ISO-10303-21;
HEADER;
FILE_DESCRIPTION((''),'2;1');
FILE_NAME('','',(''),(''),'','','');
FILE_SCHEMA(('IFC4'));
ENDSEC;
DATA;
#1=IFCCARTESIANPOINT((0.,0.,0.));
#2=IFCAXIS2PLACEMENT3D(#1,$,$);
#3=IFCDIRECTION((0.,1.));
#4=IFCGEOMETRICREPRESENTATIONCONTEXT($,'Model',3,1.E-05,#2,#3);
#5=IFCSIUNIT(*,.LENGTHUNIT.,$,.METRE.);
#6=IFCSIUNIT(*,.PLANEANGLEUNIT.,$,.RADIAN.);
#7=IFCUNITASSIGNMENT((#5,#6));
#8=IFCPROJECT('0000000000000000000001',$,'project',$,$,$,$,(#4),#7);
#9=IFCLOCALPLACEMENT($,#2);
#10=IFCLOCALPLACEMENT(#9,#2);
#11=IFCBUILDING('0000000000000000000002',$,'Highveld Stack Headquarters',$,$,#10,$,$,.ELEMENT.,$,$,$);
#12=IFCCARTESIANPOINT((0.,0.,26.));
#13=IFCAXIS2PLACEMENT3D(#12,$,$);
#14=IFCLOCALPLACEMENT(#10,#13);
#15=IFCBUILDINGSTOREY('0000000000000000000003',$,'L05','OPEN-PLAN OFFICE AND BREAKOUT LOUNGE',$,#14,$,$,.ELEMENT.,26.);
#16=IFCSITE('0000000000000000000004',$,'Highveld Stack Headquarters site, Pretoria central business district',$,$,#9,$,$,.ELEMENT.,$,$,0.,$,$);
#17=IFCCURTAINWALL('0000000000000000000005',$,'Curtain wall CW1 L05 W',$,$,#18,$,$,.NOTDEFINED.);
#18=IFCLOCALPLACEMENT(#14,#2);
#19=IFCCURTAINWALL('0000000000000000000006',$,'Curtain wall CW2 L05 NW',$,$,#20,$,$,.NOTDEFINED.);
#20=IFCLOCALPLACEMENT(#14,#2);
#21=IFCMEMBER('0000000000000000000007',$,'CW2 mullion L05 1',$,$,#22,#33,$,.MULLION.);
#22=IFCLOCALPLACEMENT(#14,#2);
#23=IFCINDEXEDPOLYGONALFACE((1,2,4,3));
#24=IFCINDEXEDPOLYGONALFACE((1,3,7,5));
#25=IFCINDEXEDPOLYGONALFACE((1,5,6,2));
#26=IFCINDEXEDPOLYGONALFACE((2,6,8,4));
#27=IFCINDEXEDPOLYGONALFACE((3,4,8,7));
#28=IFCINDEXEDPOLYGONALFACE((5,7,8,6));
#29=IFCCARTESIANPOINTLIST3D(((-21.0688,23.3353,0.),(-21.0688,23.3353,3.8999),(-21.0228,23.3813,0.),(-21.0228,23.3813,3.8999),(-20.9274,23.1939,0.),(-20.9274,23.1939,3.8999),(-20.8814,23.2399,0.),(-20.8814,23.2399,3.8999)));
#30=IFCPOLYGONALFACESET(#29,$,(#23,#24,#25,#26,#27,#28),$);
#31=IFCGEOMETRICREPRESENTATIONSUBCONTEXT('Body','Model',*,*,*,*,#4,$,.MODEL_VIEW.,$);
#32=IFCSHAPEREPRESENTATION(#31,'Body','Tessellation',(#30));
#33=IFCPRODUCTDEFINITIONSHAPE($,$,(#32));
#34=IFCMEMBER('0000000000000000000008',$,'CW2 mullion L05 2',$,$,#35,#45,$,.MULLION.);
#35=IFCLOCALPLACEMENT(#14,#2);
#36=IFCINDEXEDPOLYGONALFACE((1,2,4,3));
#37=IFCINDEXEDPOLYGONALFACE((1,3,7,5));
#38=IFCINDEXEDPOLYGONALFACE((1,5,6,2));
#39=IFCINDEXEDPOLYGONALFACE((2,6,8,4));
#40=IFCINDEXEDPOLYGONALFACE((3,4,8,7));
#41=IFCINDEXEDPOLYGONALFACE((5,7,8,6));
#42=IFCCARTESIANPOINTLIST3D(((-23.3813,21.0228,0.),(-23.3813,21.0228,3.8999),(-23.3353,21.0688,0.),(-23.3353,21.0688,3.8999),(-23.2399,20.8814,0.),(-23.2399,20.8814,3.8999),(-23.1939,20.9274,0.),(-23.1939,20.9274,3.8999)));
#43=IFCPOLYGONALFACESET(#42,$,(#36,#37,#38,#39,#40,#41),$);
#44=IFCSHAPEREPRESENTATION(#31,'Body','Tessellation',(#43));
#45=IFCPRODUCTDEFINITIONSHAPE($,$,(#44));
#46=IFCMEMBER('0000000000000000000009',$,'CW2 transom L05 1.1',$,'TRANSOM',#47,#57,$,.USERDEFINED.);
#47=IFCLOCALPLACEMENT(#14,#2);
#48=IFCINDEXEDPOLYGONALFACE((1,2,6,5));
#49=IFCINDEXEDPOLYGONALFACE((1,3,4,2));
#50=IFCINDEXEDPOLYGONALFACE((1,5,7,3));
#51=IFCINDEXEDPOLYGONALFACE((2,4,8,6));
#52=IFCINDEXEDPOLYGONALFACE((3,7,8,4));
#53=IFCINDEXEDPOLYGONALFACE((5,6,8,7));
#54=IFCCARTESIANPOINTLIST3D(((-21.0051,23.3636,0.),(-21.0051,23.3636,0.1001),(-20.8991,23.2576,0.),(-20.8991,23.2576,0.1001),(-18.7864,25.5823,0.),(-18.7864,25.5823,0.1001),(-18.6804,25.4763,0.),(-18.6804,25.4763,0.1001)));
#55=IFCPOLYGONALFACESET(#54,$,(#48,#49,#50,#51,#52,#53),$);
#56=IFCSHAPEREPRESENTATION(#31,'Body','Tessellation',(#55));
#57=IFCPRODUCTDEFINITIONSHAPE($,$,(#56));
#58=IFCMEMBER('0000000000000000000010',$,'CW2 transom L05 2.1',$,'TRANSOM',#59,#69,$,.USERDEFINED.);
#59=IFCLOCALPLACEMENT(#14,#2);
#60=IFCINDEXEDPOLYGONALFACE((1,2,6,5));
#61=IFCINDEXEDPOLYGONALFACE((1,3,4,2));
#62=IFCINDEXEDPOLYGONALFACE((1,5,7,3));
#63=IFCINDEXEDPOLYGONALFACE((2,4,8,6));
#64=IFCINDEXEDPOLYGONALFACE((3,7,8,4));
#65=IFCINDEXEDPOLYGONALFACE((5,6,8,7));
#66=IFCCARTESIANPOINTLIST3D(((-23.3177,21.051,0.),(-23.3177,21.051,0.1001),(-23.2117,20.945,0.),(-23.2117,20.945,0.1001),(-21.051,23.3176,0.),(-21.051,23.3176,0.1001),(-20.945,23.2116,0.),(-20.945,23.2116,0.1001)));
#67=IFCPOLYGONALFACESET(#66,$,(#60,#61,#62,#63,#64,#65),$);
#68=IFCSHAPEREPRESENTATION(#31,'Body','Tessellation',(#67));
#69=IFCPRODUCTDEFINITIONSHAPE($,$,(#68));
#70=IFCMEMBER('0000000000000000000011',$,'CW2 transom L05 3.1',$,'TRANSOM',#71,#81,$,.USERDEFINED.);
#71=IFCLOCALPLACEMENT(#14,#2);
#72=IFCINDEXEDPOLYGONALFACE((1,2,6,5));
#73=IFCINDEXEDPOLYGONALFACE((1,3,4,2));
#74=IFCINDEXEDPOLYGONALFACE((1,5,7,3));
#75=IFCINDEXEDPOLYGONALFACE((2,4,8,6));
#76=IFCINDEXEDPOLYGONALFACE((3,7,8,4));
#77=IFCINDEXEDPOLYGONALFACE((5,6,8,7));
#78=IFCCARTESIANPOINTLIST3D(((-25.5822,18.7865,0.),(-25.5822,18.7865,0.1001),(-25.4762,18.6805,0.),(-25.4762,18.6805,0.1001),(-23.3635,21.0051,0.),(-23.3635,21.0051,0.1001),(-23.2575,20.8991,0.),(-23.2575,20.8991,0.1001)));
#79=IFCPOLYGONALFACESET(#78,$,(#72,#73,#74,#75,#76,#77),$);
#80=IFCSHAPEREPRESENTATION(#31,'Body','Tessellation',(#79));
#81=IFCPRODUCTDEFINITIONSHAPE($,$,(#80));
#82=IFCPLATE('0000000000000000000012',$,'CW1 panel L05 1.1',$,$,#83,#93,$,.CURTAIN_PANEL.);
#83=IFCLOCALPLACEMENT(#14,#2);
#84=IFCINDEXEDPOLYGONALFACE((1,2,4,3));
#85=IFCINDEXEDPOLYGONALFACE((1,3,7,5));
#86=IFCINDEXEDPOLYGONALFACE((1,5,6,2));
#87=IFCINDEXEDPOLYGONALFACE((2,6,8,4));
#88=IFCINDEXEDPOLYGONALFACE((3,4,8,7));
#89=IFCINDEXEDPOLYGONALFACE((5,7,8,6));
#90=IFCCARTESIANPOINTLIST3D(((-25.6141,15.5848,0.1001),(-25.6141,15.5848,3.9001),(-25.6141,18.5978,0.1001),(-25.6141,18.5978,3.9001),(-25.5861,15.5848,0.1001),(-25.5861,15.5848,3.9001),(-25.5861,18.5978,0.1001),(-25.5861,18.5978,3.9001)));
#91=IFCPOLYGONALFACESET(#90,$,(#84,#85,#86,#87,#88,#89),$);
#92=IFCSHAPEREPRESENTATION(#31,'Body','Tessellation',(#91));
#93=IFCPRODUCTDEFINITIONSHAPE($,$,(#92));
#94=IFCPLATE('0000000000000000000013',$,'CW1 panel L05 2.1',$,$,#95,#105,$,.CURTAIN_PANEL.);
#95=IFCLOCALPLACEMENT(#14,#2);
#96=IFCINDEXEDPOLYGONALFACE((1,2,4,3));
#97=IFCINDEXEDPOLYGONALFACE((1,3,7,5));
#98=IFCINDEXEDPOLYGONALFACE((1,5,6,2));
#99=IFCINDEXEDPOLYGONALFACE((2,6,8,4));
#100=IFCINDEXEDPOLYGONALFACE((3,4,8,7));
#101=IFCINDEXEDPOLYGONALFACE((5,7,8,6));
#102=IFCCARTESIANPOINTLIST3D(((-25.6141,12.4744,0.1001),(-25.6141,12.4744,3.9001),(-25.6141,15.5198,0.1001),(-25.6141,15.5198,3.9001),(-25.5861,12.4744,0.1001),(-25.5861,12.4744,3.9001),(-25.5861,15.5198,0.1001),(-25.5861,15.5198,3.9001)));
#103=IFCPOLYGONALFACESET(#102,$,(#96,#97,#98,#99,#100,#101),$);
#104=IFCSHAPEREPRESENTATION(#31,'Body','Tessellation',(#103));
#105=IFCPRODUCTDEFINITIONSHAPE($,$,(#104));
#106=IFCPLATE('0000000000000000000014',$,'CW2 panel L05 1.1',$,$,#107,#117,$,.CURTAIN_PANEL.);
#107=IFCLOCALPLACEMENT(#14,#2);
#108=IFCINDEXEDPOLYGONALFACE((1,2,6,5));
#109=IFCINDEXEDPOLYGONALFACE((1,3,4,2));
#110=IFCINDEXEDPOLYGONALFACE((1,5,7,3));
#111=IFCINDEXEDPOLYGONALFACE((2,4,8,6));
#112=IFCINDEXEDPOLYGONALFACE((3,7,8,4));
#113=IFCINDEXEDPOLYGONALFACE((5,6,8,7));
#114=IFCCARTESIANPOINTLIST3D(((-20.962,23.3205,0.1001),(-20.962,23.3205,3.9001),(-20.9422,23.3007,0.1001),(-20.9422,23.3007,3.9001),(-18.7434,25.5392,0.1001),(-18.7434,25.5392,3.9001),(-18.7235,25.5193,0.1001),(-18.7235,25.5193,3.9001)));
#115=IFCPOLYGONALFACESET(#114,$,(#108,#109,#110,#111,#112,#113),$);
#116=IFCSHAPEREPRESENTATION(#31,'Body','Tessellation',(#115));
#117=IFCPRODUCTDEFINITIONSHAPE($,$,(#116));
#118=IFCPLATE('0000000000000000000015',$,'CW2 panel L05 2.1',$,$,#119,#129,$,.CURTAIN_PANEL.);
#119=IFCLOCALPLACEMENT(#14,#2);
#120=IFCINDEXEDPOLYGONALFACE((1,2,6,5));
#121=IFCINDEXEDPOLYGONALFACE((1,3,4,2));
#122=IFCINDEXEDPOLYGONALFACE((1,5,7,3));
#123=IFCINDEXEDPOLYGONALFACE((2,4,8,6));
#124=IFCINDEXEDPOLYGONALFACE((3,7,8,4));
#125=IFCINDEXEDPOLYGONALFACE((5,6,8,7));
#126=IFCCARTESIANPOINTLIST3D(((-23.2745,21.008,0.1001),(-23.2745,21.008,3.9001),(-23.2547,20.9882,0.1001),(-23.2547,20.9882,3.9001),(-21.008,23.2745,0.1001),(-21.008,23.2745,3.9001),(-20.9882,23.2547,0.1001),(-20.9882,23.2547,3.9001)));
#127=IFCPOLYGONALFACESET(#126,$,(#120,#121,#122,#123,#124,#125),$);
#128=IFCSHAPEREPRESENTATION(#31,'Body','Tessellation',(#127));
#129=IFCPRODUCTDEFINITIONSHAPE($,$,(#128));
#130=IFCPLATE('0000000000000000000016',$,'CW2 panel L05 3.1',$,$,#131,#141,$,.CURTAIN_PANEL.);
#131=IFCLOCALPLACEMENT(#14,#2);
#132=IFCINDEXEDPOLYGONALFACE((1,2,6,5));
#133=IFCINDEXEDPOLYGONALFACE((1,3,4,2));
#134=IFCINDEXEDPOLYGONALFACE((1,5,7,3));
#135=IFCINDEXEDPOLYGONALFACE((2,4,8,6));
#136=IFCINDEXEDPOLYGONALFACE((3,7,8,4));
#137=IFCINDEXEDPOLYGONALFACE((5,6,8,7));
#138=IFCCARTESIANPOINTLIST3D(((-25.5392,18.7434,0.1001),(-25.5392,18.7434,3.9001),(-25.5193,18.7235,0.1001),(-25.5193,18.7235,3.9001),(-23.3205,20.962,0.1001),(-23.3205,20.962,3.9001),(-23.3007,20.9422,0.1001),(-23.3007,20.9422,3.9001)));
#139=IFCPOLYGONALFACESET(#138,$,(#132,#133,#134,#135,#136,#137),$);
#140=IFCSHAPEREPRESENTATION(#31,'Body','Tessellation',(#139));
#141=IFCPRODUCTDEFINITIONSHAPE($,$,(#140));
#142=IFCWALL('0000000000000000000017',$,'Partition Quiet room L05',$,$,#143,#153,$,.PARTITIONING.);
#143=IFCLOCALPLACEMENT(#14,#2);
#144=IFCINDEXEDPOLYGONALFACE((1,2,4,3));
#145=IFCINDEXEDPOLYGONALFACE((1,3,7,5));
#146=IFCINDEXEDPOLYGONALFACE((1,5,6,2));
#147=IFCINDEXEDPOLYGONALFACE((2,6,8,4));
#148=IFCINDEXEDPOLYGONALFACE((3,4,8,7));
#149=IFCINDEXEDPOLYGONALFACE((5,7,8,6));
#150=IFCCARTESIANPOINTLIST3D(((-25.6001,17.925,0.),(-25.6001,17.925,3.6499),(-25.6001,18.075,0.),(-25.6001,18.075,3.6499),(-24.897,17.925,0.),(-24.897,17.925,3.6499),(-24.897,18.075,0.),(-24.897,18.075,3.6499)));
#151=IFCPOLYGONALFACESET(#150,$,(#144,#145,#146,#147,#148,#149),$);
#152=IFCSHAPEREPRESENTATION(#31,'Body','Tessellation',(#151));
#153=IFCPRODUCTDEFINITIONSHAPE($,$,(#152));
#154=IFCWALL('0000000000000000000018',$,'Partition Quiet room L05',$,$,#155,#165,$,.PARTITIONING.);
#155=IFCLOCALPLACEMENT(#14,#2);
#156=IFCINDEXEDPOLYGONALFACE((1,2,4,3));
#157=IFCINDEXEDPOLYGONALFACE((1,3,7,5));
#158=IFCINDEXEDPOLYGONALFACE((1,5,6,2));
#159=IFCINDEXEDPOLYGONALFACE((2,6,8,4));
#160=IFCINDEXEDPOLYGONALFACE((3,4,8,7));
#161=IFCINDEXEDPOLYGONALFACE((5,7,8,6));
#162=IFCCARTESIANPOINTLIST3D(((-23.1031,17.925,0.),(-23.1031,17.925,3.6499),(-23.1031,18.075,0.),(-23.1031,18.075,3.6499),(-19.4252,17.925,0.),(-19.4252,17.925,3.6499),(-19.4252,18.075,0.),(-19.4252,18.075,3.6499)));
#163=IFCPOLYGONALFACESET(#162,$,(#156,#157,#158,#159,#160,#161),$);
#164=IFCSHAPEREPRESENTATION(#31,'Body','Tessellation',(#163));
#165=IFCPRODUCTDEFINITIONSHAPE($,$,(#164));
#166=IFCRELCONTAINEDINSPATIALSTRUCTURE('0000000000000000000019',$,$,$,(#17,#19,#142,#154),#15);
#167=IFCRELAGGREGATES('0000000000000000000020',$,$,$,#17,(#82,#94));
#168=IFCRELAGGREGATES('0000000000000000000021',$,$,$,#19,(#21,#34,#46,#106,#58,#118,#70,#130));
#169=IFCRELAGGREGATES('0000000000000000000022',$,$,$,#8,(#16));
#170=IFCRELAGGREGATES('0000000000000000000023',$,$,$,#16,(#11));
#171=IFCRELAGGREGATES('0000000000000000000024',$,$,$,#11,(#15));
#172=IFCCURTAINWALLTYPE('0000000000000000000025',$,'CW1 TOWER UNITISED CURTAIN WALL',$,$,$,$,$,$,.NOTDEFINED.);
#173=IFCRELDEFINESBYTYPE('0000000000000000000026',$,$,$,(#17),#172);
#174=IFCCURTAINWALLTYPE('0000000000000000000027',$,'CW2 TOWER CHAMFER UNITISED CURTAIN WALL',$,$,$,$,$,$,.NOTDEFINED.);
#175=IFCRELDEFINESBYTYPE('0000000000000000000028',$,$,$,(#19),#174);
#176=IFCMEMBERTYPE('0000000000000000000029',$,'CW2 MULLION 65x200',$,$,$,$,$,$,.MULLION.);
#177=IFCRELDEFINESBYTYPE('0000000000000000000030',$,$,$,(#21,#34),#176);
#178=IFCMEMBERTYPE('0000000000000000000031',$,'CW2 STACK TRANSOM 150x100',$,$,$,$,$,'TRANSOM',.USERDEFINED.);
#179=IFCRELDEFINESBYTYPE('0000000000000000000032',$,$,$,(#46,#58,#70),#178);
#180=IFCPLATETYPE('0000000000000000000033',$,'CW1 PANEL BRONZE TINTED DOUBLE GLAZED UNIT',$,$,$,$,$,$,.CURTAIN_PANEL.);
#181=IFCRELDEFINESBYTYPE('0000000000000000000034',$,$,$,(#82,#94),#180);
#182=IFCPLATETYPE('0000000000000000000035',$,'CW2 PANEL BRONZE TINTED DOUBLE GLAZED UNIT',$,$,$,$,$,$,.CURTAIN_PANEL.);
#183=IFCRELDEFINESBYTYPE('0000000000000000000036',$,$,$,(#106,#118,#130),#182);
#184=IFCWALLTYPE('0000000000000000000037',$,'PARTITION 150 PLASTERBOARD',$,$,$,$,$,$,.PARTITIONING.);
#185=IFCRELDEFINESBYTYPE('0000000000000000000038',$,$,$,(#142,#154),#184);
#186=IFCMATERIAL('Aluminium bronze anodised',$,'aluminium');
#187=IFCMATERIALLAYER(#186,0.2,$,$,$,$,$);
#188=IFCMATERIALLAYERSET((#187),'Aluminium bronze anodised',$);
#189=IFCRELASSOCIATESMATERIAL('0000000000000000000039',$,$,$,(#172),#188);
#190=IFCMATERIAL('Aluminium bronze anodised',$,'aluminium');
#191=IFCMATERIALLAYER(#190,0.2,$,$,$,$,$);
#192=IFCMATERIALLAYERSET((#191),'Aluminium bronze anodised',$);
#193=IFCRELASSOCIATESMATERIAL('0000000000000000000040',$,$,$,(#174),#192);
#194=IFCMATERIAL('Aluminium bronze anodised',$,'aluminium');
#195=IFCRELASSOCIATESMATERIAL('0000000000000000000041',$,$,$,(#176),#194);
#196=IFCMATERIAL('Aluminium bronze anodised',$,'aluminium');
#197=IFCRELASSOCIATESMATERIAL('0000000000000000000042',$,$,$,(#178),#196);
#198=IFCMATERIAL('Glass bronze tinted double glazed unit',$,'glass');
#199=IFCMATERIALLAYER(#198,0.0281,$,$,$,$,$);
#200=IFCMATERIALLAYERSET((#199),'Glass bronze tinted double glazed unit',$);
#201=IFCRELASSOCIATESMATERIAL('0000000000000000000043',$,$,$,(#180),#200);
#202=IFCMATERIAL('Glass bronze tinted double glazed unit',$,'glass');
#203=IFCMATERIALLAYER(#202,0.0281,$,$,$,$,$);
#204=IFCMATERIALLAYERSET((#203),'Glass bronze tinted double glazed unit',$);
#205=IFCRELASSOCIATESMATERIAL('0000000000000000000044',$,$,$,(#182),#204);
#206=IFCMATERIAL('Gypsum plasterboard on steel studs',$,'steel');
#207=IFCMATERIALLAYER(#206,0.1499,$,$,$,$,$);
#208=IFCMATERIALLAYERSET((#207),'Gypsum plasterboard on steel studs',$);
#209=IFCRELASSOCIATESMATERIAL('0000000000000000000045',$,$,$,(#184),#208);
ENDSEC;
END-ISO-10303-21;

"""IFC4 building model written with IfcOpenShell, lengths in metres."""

from ifc_helpers import new_model, si_unit, direction, frame, frame_2d, origin, origin_2d, place, context, subcontext, project, spatial, rectangle, extrude, material, layer, layer_set, material_profile, profile_set, type_object, element, aggregate, save


model = new_model("IFC4")

# Units and contexts
model_context = context("Model", 3, precision=1e-05, world=origin(), true_north=direction((0.0, 1.0)))
body_context = subcontext(model_context, "Body", "Model", "MODEL_VIEW")
ifc_project = project(units=[si_unit("LENGTHUNIT", "METRE"), si_unit("PLANEANGLEUNIT", "RADIAN")], contexts=[model_context])

# Site, building, storey
site_placement = place(None, origin())
site = spatial("IfcSite", under=ifc_project, at=site_placement, Name="Highveld Stack Headquarters site, Pretoria central business district", CompositionType="ELEMENT", RefElevation=0.0)
building_placement = place(site_placement, origin())
building = spatial("IfcBuilding", under=site, at=building_placement, Name="Highveld Stack Headquarters", CompositionType="ELEMENT")
storey_placement = place(building_placement, frame((0.0, 0.0, 26.0)))
storey = spatial("IfcBuildingStorey", under=building, at=storey_placement, Name="L05", Description="OPEN-PLAN OFFICE AND BREAKOUT LOUNGE", CompositionType="ELEMENT", Elevation=26.0)

# Shared definitions
ifc_material_1 = material(Name="Aluminium bronze anodised", Category="aluminium")
ifc_layer_1 = layer(ifc_material_1, 0.2)
ifc_layer_set_1 = layer_set([ifc_layer_1], Name="Aluminium bronze anodised")
curtain_wall_type_1 = type_object("IfcCurtainWallType", Name="CW1 TOWER UNITISED CURTAIN WALL", PredefinedType="NOTDEFINED", material=ifc_layer_set_1)

# Curtain wall
curtain_wall_1_placement = place(storey_placement, origin())
curtain_wall_1 = element("IfcCurtainWall", 1, at=curtain_wall_1_placement, inside=storey, type_object=curtain_wall_type_1, Name="Curtain wall CW1 L05 W", PredefinedType="NOTDEFINED")

# Curtain wall, members
ifc_material_2 = material(Name="Aluminium bronze anodised", Category="aluminium")
ifc_layer_2 = layer(ifc_material_2, 0.2)
ifc_layer_set_2 = layer_set([ifc_layer_2], Name="Aluminium bronze anodised")
curtain_wall_type_2 = type_object("IfcCurtainWallType", Name="CW2 TOWER CHAMFER UNITISED CURTAIN WALL", PredefinedType="NOTDEFINED", material=ifc_layer_set_2)
curtain_wall_2_placement = place(storey_placement, origin())
curtain_wall_2 = element("IfcCurtainWall", 2, at=curtain_wall_2_placement, inside=storey, type_object=curtain_wall_type_2, Name="Curtain wall CW2 L05 NW", PredefinedType="NOTDEFINED")
ifc_material_3 = material(Name="Aluminium bronze anodised", Category="aluminium")
ifc_material_profile_1 = material_profile(ifc_material_3, rectangle(XDim=0.2, YDim=0.0649, at=origin_2d()), Name="CW2 MULLION 65x200")
ifc_profile_set_1 = profile_set([ifc_material_profile_1], Name="Aluminium bronze anodised")
member_type_1 = type_object("IfcMemberType", Name="CW2 MULLION 65x200", PredefinedType="MULLION", material=ifc_profile_set_1)
member_1_placement = place(storey_placement, frame((-20.9751, 23.2876, 0.0), z_axis=(0.0, 0.0, 1.0), x_axis=(0.707107, -0.707107, 0.0)))
member_1 = element("IfcMember", 3, at=member_1_placement, type_object=member_type_1, Name="CW2 mullion L05 1", PredefinedType="MULLION", context=body_context, shape_type="SweptSolid", body=[
    extrude(rectangle(XDim=0.2, YDim=0.0649, at=origin_2d()), origin(), (0.0, 0.0, 1.0), 3.8999),
])
member_2_placement = place(storey_placement, frame((-23.2876, 20.9751, 0.0), z_axis=(0.0, 0.0, 1.0), x_axis=(0.707107, -0.707107, 0.0)))
member_2 = element("IfcMember", 4, at=member_2_placement, type_object=member_type_1, Name="CW2 mullion L05 2", PredefinedType="MULLION", context=body_context, shape_type="SweptSolid", body=[
    extrude(rectangle(XDim=0.2, YDim=0.0649, at=origin_2d()), origin(), (0.0, 0.0, 1.0), 3.8999),
])
ifc_material_4 = material(Name="Aluminium bronze anodised", Category="aluminium")
ifc_material_profile_2 = material_profile(ifc_material_4, rectangle(XDim=0.1499, YDim=0.1001, at=origin_2d()), Name="CW2 TRANSOM 150x100")
ifc_profile_set_2 = profile_set([ifc_material_profile_2], Name="Aluminium bronze anodised")
member_type_2 = type_object("IfcMemberType", Name="CW2 STACK TRANSOM 150x100", ElementType="TRANSOM", PredefinedType="USERDEFINED", material=ifc_profile_set_2)
member_3_placement = place(storey_placement, frame((-18.7334, 25.5293, 0.05), z_axis=(-0.707107, -0.707107, 0.0), x_axis=(0.707107, -0.707107, 0.0)))
member_3 = element("IfcMember", 5, at=member_3_placement, type_object=member_type_2, Name="CW2 transom L05 1.1", ObjectType="TRANSOM", PredefinedType="USERDEFINED", context=body_context, shape_type="SweptSolid", body=[
    extrude(rectangle(XDim=0.1499, YDim=0.1001, at=origin_2d()), origin(), (0.0, 0.0, 1.0), 3.1377),
])
member_4_placement = place(storey_placement, frame((-20.998, 23.2646, 0.05), z_axis=(-0.707107, -0.707107, 0.0), x_axis=(0.707107, -0.707107, 0.0)))
member_4 = element("IfcMember", 6, at=member_4_placement, type_object=member_type_2, Name="CW2 transom L05 2.1", ObjectType="TRANSOM", PredefinedType="USERDEFINED", context=body_context, shape_type="SweptSolid", body=[
    extrude(rectangle(XDim=0.1499, YDim=0.1001, at=origin_2d()), origin(), (0.0, 0.0, 1.0), 3.2056),
])
member_5_placement = place(storey_placement, frame((-23.3105, 20.9521, 0.05), z_axis=(-0.707107, -0.707107, 0.0), x_axis=(0.707107, -0.707107, 0.0)))
member_5 = element("IfcMember", 7, at=member_5_placement, type_object=member_type_2, Name="CW2 transom L05 3.1", ObjectType="TRANSOM", PredefinedType="USERDEFINED", context=body_context, shape_type="SweptSolid", body=[
    extrude(rectangle(XDim=0.1499, YDim=0.1001, at=origin_2d()), origin(), (0.0, 0.0, 1.0), 3.1377),
])

# Plates
ifc_material_5 = material(Name="Glass bronze tinted double glazed unit", Category="glass")
ifc_layer_3 = layer(ifc_material_5, 0.0281)
ifc_layer_set_3 = layer_set([ifc_layer_3], Name="Glass bronze tinted double glazed unit")
plate_type_1 = type_object("IfcPlateType", Name="CW1 PANEL BRONZE TINTED DOUBLE GLAZED UNIT", PredefinedType="CURTAIN_PANEL", material=ifc_layer_set_3)
plate_1_placement = place(storey_placement, frame((-25.6001, 17.0913, 0.1001), z_axis=(0.0, 0.0, 1.0), x_axis=(0.0, -1.0, 0.0)))
plate_1 = element("IfcPlate", 8, at=plate_1_placement, type_object=plate_type_1, Name="CW1 panel L05 1.1", PredefinedType="CURTAIN_PANEL", context=body_context, shape_type="SweptSolid", body=[
    extrude(rectangle(XDim=3.0129, YDim=0.0281, at=origin_2d()), origin(), (0.0, 0.0, 1.0), 3.8),
])
plate_2_placement = place(storey_placement, frame((-25.6001, 13.9971, 0.1001), z_axis=(0.0, 0.0, 1.0), x_axis=(0.0, -1.0, 0.0)))
plate_2 = element("IfcPlate", 9, at=plate_2_placement, type_object=plate_type_1, Name="CW1 panel L05 2.1", PredefinedType="CURTAIN_PANEL", context=body_context, shape_type="SweptSolid", body=[
    extrude(rectangle(XDim=3.0454, YDim=0.0281, at=origin_2d()), origin(), (0.0, 0.0, 1.0), 3.8),
])
aggregate(curtain_wall_1, [plate_1, plate_2])
ifc_material_6 = material(Name="Glass bronze tinted double glazed unit", Category="glass")
ifc_layer_4 = layer(ifc_material_6, 0.0281)
ifc_layer_set_4 = layer_set([ifc_layer_4], Name="Glass bronze tinted double glazed unit")
plate_type_2 = type_object("IfcPlateType", Name="CW2 PANEL BRONZE TINTED DOUBLE GLAZED UNIT", PredefinedType="CURTAIN_PANEL", material=ifc_layer_set_4)
plate_3_placement = place(storey_placement, frame((-19.8428, 24.4199, 0.1001), z_axis=(0.0, 0.0, 1.0), x_axis=(-0.707107, -0.707107, 0.0)))
plate_3 = element("IfcPlate", 10, at=plate_3_placement, type_object=plate_type_2, Name="CW2 panel L05 1.1", PredefinedType="CURTAIN_PANEL", context=body_context, shape_type="SweptSolid", body=[
    extrude(rectangle(XDim=3.1377, YDim=0.0281, at=origin_2d()), origin(), (0.0, 0.0, 1.0), 3.8),
])
plate_4_placement = place(storey_placement, frame((-22.1313, 22.1313, 0.1001), z_axis=(0.0, 0.0, 1.0), x_axis=(-0.707107, -0.707107, 0.0)))
plate_4 = element("IfcPlate", 11, at=plate_4_placement, type_object=plate_type_2, Name="CW2 panel L05 2.1", PredefinedType="CURTAIN_PANEL", context=body_context, shape_type="SweptSolid", body=[
    extrude(rectangle(XDim=3.2053, YDim=0.0281, at=origin_2d()), origin(), (0.0, 0.0, 1.0), 3.8),
])
plate_5_placement = place(storey_placement, frame((-24.4199, 19.8428, 0.1001), z_axis=(0.0, 0.0, 1.0), x_axis=(-0.707107, -0.707107, 0.0)))
plate_5 = element("IfcPlate", 12, at=plate_5_placement, type_object=plate_type_2, Name="CW2 panel L05 3.1", PredefinedType="CURTAIN_PANEL", context=body_context, shape_type="SweptSolid", body=[
    extrude(rectangle(XDim=3.1377, YDim=0.0281, at=origin_2d()), origin(), (0.0, 0.0, 1.0), 3.8),
])
aggregate(curtain_wall_2, [member_1, member_2, member_3, plate_3, member_4, plate_4, member_5, plate_5])

# Walls
ifc_material_7 = material(Name="Gypsum plasterboard on steel studs", Category="steel")
ifc_layer_5 = layer(ifc_material_7, 0.1499)
ifc_layer_set_5 = layer_set([ifc_layer_5], Name="Gypsum plasterboard on steel studs")
wall_type = type_object("IfcWallType", Name="PARTITION 150 PLASTERBOARD", PredefinedType="PARTITIONING", material=ifc_layer_set_5)
wall_1_placement = place(storey_placement, frame((-25.6001, 18.0, 0.0), z_axis=(0.0, 0.0, 1.0), x_axis=(1.0, 0.0, 0.0)))
element("IfcWall", 13, at=wall_1_placement, inside=storey, type_object=wall_type, Name="Partition Quiet room L05", PredefinedType="PARTITIONING", context=body_context, shape_type="SweptSolid", body=[
    extrude(rectangle(XDim=0.7031, YDim=0.1499, at=frame_2d((0.3516, 0.0))), origin(), (0.0, 0.0, 1.0), 3.6499),
])
wall_2_placement = place(storey_placement, frame((-23.103, 18.0, 0.0), z_axis=(0.0, 0.0, 1.0), x_axis=(1.0, 0.0, 0.0)))
element("IfcWall", 14, at=wall_2_placement, inside=storey, type_object=wall_type, Name="Partition Quiet room L05", PredefinedType="PARTITIONING", context=body_context, shape_type="SweptSolid", body=[
    extrude(rectangle(XDim=3.678, YDim=0.1499, at=frame_2d((1.8389, 0.0))), origin(), (0.0, 0.0, 1.0), 3.6499),
])

save(model, "model.ifc")
